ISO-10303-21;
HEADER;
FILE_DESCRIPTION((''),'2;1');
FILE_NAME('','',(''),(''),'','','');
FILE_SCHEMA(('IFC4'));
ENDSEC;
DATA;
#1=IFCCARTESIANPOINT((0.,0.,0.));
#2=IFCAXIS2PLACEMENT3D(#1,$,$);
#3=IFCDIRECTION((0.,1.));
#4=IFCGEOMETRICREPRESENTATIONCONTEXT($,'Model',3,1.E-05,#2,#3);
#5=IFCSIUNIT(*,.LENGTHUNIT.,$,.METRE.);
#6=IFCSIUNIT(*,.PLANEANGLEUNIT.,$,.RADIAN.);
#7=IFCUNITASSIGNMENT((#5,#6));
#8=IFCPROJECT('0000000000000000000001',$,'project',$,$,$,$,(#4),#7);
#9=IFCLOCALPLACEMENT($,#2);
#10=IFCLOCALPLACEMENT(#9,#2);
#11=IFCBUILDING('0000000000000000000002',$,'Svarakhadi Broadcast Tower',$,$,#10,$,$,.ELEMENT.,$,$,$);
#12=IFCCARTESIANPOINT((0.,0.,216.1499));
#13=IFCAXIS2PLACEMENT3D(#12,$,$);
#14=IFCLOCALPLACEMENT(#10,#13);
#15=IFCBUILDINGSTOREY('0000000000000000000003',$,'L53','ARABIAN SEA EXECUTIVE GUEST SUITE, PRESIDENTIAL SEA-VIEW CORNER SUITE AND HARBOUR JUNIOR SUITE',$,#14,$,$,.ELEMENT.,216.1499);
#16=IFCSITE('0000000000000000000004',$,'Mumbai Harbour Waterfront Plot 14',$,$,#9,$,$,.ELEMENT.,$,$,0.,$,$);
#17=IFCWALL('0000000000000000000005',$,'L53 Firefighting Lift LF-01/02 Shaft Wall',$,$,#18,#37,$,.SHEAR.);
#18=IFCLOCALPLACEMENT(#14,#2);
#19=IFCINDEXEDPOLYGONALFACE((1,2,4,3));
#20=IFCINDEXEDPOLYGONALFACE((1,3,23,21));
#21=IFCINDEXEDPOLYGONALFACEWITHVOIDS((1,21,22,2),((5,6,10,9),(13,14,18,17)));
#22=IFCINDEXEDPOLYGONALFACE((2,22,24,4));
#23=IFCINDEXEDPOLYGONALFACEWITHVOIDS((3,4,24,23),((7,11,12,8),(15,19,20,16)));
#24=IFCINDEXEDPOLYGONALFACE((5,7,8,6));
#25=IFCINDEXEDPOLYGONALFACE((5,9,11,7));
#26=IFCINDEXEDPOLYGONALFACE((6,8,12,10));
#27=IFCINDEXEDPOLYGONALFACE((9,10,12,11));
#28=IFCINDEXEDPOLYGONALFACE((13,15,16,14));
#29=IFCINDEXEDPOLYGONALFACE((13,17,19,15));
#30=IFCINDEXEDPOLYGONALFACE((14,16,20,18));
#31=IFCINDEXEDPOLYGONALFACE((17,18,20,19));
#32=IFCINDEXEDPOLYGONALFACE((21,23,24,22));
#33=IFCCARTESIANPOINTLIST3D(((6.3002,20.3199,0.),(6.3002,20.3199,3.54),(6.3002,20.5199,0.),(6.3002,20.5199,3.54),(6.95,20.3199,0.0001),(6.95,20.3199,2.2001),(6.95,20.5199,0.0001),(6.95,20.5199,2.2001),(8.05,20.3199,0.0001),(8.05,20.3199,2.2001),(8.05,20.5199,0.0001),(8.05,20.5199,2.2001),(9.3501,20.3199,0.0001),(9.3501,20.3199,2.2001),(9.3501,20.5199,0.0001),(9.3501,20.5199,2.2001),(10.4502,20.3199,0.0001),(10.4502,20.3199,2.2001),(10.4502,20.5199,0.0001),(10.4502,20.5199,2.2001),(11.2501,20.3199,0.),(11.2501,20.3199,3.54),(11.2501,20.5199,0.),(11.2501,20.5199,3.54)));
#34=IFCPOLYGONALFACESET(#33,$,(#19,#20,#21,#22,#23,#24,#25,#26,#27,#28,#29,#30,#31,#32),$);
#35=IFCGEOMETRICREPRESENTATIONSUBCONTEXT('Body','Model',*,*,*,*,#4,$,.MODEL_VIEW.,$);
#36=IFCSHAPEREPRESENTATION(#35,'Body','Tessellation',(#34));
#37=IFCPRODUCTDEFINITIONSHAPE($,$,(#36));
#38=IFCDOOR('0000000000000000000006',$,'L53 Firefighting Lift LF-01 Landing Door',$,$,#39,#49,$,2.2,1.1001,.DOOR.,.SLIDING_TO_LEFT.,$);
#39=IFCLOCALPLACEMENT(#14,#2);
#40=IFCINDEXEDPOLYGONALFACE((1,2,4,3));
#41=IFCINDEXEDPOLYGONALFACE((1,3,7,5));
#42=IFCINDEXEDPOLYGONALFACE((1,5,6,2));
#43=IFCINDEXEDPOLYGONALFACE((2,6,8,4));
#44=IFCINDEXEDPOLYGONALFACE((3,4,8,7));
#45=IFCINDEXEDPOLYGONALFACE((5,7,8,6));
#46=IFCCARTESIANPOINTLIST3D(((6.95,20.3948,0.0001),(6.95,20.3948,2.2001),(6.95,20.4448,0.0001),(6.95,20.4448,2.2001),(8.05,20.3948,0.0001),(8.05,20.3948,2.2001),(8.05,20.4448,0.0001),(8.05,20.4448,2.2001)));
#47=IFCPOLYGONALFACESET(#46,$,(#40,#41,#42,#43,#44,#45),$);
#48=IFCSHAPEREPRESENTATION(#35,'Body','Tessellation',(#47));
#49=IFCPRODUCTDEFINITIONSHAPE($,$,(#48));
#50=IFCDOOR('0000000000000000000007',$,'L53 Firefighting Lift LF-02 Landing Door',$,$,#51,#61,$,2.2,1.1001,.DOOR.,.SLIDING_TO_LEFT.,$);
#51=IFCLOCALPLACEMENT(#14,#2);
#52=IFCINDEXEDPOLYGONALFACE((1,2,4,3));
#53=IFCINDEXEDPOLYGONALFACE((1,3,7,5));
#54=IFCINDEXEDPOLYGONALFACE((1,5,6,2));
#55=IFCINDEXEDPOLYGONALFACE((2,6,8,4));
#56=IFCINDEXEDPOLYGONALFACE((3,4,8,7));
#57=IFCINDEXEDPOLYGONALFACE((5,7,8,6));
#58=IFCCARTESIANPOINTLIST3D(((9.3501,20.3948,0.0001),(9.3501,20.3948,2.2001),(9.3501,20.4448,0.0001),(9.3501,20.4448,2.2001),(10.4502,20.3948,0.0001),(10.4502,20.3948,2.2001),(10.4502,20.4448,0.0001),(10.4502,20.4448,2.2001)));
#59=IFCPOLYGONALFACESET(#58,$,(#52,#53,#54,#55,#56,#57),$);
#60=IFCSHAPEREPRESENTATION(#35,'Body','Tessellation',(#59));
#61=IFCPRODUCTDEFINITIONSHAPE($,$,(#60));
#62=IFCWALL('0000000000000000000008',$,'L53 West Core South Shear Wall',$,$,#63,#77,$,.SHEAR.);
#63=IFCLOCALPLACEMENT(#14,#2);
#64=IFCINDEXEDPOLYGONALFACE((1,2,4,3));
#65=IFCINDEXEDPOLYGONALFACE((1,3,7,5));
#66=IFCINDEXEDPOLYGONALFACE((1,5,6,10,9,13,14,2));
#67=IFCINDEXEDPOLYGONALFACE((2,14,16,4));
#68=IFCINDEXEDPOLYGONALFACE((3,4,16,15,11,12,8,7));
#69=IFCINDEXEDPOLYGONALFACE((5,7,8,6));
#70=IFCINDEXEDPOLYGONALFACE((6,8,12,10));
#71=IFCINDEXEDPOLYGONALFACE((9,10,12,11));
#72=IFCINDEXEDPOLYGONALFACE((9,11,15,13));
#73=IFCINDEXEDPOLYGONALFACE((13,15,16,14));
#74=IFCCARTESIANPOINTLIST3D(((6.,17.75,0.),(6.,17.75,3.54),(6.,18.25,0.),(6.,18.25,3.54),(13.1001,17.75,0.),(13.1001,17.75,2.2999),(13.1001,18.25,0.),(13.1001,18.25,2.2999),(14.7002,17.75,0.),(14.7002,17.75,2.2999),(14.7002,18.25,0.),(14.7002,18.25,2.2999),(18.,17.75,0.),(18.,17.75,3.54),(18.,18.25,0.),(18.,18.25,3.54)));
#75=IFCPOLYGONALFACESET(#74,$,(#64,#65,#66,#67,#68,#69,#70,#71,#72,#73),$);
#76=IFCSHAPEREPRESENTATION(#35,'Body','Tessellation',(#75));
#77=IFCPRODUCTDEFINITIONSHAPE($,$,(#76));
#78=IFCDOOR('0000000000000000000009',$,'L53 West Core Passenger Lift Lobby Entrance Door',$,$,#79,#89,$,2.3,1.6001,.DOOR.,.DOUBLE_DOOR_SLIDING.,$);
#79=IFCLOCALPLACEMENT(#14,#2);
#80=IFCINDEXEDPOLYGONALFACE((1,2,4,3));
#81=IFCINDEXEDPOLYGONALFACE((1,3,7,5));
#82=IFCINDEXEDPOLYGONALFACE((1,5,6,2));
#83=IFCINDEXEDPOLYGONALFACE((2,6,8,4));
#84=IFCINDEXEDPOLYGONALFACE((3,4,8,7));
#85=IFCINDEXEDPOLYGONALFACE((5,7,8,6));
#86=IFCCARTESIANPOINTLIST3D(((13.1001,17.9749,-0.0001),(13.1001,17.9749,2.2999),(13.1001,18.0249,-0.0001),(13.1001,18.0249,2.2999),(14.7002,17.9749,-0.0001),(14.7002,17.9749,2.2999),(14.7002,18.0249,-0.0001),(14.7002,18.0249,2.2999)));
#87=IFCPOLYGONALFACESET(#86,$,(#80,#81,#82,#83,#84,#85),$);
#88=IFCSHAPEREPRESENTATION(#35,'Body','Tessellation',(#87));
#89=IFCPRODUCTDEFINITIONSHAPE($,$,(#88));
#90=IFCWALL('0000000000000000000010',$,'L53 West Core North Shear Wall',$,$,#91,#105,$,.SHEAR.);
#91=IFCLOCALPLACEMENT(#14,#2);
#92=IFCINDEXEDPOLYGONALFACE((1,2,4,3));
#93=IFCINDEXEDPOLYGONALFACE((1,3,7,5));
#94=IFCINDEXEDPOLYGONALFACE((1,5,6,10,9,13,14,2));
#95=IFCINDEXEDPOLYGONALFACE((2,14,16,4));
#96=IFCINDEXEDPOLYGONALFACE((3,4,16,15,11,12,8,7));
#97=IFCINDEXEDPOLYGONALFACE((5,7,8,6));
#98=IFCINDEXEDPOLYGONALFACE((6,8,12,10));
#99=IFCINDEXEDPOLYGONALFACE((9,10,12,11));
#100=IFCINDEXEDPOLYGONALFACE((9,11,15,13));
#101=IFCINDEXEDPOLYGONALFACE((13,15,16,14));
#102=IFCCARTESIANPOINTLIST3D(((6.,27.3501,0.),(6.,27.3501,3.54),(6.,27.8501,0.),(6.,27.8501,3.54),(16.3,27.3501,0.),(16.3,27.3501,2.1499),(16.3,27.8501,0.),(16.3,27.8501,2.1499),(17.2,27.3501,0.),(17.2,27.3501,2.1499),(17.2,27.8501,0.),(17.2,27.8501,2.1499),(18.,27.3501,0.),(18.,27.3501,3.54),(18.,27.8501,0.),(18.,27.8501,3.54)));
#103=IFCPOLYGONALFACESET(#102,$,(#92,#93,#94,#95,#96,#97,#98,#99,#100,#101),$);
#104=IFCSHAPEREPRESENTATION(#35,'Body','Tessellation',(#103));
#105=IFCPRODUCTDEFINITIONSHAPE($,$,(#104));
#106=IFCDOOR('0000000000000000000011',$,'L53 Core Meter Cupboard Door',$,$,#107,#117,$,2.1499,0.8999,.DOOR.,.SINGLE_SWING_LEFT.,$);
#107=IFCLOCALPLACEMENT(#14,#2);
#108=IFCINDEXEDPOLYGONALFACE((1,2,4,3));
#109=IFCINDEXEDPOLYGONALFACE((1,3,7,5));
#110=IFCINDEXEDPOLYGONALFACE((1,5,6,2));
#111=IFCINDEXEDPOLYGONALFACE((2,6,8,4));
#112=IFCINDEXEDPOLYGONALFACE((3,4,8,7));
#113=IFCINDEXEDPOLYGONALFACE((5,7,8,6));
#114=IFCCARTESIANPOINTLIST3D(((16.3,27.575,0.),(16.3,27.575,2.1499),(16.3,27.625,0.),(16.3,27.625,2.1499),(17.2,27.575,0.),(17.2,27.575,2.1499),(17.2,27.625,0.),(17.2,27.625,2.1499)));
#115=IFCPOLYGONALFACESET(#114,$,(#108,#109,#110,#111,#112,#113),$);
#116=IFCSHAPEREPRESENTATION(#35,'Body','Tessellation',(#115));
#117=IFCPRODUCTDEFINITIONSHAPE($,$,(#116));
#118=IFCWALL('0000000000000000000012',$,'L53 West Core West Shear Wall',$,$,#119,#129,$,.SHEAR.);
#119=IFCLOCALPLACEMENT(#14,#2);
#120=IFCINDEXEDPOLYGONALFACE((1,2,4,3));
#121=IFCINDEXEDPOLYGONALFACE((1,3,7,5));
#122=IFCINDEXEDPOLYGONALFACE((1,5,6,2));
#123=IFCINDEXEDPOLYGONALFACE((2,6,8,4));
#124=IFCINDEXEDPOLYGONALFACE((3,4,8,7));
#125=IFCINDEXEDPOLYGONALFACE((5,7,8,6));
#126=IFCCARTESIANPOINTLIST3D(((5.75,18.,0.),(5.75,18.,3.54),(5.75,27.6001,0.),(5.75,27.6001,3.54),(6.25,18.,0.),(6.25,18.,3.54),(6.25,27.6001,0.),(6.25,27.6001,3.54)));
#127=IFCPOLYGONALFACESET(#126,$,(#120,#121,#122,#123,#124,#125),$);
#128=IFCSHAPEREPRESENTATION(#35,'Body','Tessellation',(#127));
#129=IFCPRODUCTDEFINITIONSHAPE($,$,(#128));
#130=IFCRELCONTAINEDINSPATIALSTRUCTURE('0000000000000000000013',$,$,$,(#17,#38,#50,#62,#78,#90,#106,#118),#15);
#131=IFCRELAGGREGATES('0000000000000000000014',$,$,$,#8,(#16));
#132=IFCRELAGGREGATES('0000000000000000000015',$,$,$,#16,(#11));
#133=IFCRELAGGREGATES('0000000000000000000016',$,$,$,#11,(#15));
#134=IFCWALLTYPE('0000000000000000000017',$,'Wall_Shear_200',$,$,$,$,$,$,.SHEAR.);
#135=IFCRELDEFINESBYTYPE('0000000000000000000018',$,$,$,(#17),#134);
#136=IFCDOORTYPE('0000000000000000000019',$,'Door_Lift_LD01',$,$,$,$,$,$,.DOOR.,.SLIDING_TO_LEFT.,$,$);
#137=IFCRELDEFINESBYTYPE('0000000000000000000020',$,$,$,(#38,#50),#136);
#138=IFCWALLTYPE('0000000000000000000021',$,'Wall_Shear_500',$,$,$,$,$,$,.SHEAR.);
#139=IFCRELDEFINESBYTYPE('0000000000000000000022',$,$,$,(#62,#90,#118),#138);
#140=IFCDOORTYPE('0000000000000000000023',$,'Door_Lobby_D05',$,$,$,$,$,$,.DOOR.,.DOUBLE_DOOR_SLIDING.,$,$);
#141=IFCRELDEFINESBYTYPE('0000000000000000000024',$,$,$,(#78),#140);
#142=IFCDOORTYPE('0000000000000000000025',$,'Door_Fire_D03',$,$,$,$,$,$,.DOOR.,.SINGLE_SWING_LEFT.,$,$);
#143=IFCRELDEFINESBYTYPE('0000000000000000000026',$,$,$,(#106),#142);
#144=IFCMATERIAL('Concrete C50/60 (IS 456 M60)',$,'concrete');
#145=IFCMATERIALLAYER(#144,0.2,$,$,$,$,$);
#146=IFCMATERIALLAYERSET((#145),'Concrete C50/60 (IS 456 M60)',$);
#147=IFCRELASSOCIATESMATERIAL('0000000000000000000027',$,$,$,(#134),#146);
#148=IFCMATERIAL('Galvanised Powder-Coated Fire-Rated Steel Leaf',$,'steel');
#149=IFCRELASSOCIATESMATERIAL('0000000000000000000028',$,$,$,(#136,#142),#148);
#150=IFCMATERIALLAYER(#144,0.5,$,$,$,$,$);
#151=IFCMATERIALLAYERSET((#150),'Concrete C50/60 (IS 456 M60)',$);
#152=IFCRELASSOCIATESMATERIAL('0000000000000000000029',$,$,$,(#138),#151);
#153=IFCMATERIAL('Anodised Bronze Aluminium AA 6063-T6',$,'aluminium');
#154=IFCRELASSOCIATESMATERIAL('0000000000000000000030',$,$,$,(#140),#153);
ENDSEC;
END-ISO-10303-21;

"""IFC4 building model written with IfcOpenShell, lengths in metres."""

from ifc_helpers import new_model, si_unit, direction, frame, frame_2d, origin, place, context, subcontext, project, spatial, rectangle, extrude, material, layer, layer_set, type_object, element, fill, save


model = new_model("IFC4")

# Units and contexts
model_context = context("Model", 3, precision=1e-05, world=origin(), true_north=direction((0.0, 1.0)))
body_context = subcontext(model_context, "Body", "Model", "MODEL_VIEW")
ifc_project = project(units=[si_unit("LENGTHUNIT", "METRE"), si_unit("PLANEANGLEUNIT", "RADIAN")], contexts=[model_context])

# Site, building, storey
site_placement = place(None, origin())
site = spatial("IfcSite", under=ifc_project, at=site_placement, Name="Mumbai Harbour Waterfront Plot 14", CompositionType="ELEMENT", RefElevation=0.0)
building_placement = place(site_placement, origin())
building = spatial("IfcBuilding", under=site, at=building_placement, Name="Svarakhadi Broadcast Tower", CompositionType="ELEMENT")
storey_placement = place(building_placement, frame((0.0, 0.0, 216.1499)))
storey = spatial("IfcBuildingStorey", under=building, at=storey_placement, Name="L53", Description="ARABIAN SEA EXECUTIVE GUEST SUITE, PRESIDENTIAL SEA-VIEW CORNER SUITE AND HARBOUR JUNIOR SUITE", CompositionType="ELEMENT", Elevation=216.1499)

# Shared definitions
ifc_material_1 = material(Name="Concrete C50/60 (IS 456 M60)", Category="concrete")

# Shared definitions
ifc_material_2 = material(Name="Anodised Bronze Aluminium AA 6063-T6", Category="aluminium")

# Wall, openings, doors
ifc_layer_1 = layer(ifc_material_1, 0.2)
ifc_layer_set_1 = layer_set([ifc_layer_1], Name="Concrete C50/60 (IS 456 M60)")
wall_type_1 = type_object("IfcWallType", Name="Wall_Shear_200", PredefinedType="SHEAR", material=ifc_layer_set_1)
wall_1_placement = place(storey_placement, frame((6.3, 20.4199, 0.0), z_axis=(0.0, 0.0, 1.0), x_axis=(1.0, 0.0, 0.0)))
wall_1 = element("IfcWall", 1, at=wall_1_placement, inside=storey, type_object=wall_type_1, Name="L53 Firefighting Lift LF-01/02 Shaft Wall", PredefinedType="SHEAR", context=body_context, shape_type="SweptSolid", body=[
    extrude(rectangle(XDim=4.95, YDim=0.2, at=frame_2d((2.4751, 0.0))), origin(), (0.0, 0.0, 1.0), 3.54),
])
opening_1_placement = place(wall_1_placement, frame((0.6499, 0.0, 0.0)))
opening_1 = element("IfcOpeningElement", 2, at=opening_1_placement, cuts=wall_1, PredefinedType="OPENING", context=body_context, shape_type="SweptSolid", body=[
    extrude(rectangle(XDim=1.1001, YDim=2.2, at=frame_2d((0.55, 1.1001))), frame((0.0, 0.1099, 0.0), z_axis=(0.0, -1.0, 0.0), x_axis=(1.0, 0.0, 0.0)), (0.0, 0.0, 1.0), 0.22),
])
opening_2_placement = place(wall_1_placement, frame((3.05, 0.0, 0.0)))
opening_2 = element("IfcOpeningElement", 3, at=opening_2_placement, cuts=wall_1, PredefinedType="OPENING", context=body_context, shape_type="SweptSolid", body=[
    extrude(rectangle(XDim=1.1001, YDim=2.2, at=frame_2d((0.55, 1.1001))), frame((0.0, 0.1099, 0.0), z_axis=(0.0, -1.0, 0.0), x_axis=(1.0, 0.0, 0.0)), (0.0, 0.0, 1.0), 0.22),
])
ifc_material_3 = material(Name="Galvanised Powder-Coated Fire-Rated Steel Leaf", Category="steel")
door_type_1 = type_object("IfcDoorType", Name="Door_Lift_LD01", OperationType="SLIDING_TO_LEFT", PredefinedType="DOOR", material=ifc_material_3)
door_1_placement = place(opening_1_placement, origin())
door_1 = element("IfcDoor", 4, at=door_1_placement, inside=storey, type_object=door_type_1, Name="L53 Firefighting Lift LF-01 Landing Door", OperationType="SLIDING_TO_LEFT", OverallHeight=2.2, OverallWidth=1.1001, PredefinedType="DOOR", context=body_context, shape_type="SweptSolid", body=[
    extrude(rectangle(XDim=1.1001, YDim=2.2, at=frame_2d((0.55, 1.1001))), frame((0.0, 0.0249, 0.0), z_axis=(0.0, -1.0, 0.0), x_axis=(1.0, 0.0, 0.0)), (0.0, 0.0, 1.0), 0.05),
])
fill(opening_1, door_1)
door_2_placement = place(opening_2_placement, origin())
door_2 = element("IfcDoor", 5, at=door_2_placement, inside=storey, type_object=door_type_1, Name="L53 Firefighting Lift LF-02 Landing Door", OperationType="SLIDING_TO_LEFT", OverallHeight=2.2, OverallWidth=1.1001, PredefinedType="DOOR", context=body_context, shape_type="SweptSolid", body=[
    extrude(rectangle(XDim=1.1001, YDim=2.2, at=frame_2d((0.55, 1.1001))), frame((0.0, 0.0249, 0.0), z_axis=(0.0, -1.0, 0.0), x_axis=(1.0, 0.0, 0.0)), (0.0, 0.0, 1.0), 0.05),
])
fill(opening_2, door_2)

# Walls, openings, doors
ifc_layer_2 = layer(ifc_material_1, 0.5)
ifc_layer_set_2 = layer_set([ifc_layer_2], Name="Concrete C50/60 (IS 456 M60)")
wall_type_2 = type_object("IfcWallType", Name="Wall_Shear_500", PredefinedType="SHEAR", material=ifc_layer_set_2)
wall_2_placement = place(storey_placement, frame((6.0, 18.0, 0.0), z_axis=(0.0, 0.0, 1.0), x_axis=(1.0, 0.0, 0.0)))
wall_2 = element("IfcWall", 6, at=wall_2_placement, inside=storey, type_object=wall_type_2, Name="L53 West Core South Shear Wall", PredefinedType="SHEAR", context=body_context, shape_type="SweptSolid", body=[
    extrude(rectangle(XDim=12.0, YDim=0.5, at=frame_2d((6.0, 0.0))), origin(), (0.0, 0.0, 1.0), 3.54),
])
opening_3_placement = place(wall_2_placement, frame((7.1001, 0.0, 0.0)))
opening_3 = element("IfcOpeningElement", 7, at=opening_3_placement, cuts=wall_2, PredefinedType="OPENING", context=body_context, shape_type="SweptSolid", body=[
    extrude(rectangle(XDim=1.6001, YDim=2.3, at=frame_2d((0.8, 1.1499))), frame((0.0, 0.26, 0.0), z_axis=(0.0, -1.0, 0.0), x_axis=(1.0, 0.0, 0.0)), (0.0, 0.0, 1.0), 0.52),
])
door_type_2 = type_object("IfcDoorType", Name="Door_Lobby_D05", OperationType="DOUBLE_DOOR_SLIDING", PredefinedType="DOOR", material=ifc_material_2)
door_3_placement = place(opening_3_placement, origin())
door_3 = element("IfcDoor", 8, at=door_3_placement, inside=storey, type_object=door_type_2, Name="L53 West Core Passenger Lift Lobby Entrance Door", OperationType="DOUBLE_DOOR_SLIDING", OverallHeight=2.3, OverallWidth=1.6001, PredefinedType="DOOR", context=body_context, shape_type="SweptSolid", body=[
    extrude(rectangle(XDim=1.6001, YDim=2.3, at=frame_2d((0.8, 1.1499))), frame((0.0, 0.0249, 0.0), z_axis=(0.0, -1.0, 0.0), x_axis=(1.0, 0.0, 0.0)), (0.0, 0.0, 1.0), 0.05),
])
fill(opening_3, door_3)
wall_3_placement = place(storey_placement, frame((6.0, 27.6001, 0.0), z_axis=(0.0, 0.0, 1.0), x_axis=(1.0, 0.0, 0.0)))
wall_3 = element("IfcWall", 9, at=wall_3_placement, inside=storey, type_object=wall_type_2, Name="L53 West Core North Shear Wall", PredefinedType="SHEAR", context=body_context, shape_type="SweptSolid", body=[
    extrude(rectangle(XDim=12.0, YDim=0.5, at=frame_2d((6.0, 0.0))), origin(), (0.0, 0.0, 1.0), 3.54),
])
opening_4_placement = place(wall_3_placement, frame((10.3, 0.0, 0.0)))
opening_4 = element("IfcOpeningElement", 10, at=opening_4_placement, cuts=wall_3, PredefinedType="OPENING", context=body_context, shape_type="SweptSolid", body=[
    extrude(rectangle(XDim=0.8999, YDim=2.1499, at=frame_2d((0.45, 1.075))), frame((0.0, 0.26, 0.0), z_axis=(0.0, -1.0, 0.0), x_axis=(1.0, 0.0, 0.0)), (0.0, 0.0, 1.0), 0.52),
])
door_type_3 = type_object("IfcDoorType", Name="Door_Fire_D03", OperationType="SINGLE_SWING_LEFT", PredefinedType="DOOR", material=ifc_material_3)
door_4_placement = place(opening_4_placement, origin())
door_4 = element("IfcDoor", 11, at=door_4_placement, inside=storey, type_object=door_type_3, Name="L53 Core Meter Cupboard Door", OperationType="SINGLE_SWING_LEFT", OverallHeight=2.1499, OverallWidth=0.8999, PredefinedType="DOOR", context=body_context, shape_type="SweptSolid", body=[
    extrude(rectangle(XDim=0.8999, YDim=2.1499, at=frame_2d((0.45, 1.075))), frame((0.0, 0.0249, 0.0), z_axis=(0.0, -1.0, 0.0), x_axis=(1.0, 0.0, 0.0)), (0.0, 0.0, 1.0), 0.05),
])
fill(opening_4, door_4)

# Wall
wall_4_placement = place(storey_placement, frame((6.0, 18.0, 0.0), z_axis=(0.0, 0.0, 1.0), x_axis=(0.0, 1.0, 0.0)))
element("IfcWall", 12, at=wall_4_placement, inside=storey, type_object=wall_type_2, Name="L53 West Core West Shear Wall", PredefinedType="SHEAR", context=body_context, shape_type="SweptSolid", body=[
    extrude(rectangle(XDim=9.6001, YDim=0.5, at=frame_2d((4.8, 0.0))), origin(), (0.0, 0.0, 1.0), 3.54),
])

save(model, "model.ifc")
